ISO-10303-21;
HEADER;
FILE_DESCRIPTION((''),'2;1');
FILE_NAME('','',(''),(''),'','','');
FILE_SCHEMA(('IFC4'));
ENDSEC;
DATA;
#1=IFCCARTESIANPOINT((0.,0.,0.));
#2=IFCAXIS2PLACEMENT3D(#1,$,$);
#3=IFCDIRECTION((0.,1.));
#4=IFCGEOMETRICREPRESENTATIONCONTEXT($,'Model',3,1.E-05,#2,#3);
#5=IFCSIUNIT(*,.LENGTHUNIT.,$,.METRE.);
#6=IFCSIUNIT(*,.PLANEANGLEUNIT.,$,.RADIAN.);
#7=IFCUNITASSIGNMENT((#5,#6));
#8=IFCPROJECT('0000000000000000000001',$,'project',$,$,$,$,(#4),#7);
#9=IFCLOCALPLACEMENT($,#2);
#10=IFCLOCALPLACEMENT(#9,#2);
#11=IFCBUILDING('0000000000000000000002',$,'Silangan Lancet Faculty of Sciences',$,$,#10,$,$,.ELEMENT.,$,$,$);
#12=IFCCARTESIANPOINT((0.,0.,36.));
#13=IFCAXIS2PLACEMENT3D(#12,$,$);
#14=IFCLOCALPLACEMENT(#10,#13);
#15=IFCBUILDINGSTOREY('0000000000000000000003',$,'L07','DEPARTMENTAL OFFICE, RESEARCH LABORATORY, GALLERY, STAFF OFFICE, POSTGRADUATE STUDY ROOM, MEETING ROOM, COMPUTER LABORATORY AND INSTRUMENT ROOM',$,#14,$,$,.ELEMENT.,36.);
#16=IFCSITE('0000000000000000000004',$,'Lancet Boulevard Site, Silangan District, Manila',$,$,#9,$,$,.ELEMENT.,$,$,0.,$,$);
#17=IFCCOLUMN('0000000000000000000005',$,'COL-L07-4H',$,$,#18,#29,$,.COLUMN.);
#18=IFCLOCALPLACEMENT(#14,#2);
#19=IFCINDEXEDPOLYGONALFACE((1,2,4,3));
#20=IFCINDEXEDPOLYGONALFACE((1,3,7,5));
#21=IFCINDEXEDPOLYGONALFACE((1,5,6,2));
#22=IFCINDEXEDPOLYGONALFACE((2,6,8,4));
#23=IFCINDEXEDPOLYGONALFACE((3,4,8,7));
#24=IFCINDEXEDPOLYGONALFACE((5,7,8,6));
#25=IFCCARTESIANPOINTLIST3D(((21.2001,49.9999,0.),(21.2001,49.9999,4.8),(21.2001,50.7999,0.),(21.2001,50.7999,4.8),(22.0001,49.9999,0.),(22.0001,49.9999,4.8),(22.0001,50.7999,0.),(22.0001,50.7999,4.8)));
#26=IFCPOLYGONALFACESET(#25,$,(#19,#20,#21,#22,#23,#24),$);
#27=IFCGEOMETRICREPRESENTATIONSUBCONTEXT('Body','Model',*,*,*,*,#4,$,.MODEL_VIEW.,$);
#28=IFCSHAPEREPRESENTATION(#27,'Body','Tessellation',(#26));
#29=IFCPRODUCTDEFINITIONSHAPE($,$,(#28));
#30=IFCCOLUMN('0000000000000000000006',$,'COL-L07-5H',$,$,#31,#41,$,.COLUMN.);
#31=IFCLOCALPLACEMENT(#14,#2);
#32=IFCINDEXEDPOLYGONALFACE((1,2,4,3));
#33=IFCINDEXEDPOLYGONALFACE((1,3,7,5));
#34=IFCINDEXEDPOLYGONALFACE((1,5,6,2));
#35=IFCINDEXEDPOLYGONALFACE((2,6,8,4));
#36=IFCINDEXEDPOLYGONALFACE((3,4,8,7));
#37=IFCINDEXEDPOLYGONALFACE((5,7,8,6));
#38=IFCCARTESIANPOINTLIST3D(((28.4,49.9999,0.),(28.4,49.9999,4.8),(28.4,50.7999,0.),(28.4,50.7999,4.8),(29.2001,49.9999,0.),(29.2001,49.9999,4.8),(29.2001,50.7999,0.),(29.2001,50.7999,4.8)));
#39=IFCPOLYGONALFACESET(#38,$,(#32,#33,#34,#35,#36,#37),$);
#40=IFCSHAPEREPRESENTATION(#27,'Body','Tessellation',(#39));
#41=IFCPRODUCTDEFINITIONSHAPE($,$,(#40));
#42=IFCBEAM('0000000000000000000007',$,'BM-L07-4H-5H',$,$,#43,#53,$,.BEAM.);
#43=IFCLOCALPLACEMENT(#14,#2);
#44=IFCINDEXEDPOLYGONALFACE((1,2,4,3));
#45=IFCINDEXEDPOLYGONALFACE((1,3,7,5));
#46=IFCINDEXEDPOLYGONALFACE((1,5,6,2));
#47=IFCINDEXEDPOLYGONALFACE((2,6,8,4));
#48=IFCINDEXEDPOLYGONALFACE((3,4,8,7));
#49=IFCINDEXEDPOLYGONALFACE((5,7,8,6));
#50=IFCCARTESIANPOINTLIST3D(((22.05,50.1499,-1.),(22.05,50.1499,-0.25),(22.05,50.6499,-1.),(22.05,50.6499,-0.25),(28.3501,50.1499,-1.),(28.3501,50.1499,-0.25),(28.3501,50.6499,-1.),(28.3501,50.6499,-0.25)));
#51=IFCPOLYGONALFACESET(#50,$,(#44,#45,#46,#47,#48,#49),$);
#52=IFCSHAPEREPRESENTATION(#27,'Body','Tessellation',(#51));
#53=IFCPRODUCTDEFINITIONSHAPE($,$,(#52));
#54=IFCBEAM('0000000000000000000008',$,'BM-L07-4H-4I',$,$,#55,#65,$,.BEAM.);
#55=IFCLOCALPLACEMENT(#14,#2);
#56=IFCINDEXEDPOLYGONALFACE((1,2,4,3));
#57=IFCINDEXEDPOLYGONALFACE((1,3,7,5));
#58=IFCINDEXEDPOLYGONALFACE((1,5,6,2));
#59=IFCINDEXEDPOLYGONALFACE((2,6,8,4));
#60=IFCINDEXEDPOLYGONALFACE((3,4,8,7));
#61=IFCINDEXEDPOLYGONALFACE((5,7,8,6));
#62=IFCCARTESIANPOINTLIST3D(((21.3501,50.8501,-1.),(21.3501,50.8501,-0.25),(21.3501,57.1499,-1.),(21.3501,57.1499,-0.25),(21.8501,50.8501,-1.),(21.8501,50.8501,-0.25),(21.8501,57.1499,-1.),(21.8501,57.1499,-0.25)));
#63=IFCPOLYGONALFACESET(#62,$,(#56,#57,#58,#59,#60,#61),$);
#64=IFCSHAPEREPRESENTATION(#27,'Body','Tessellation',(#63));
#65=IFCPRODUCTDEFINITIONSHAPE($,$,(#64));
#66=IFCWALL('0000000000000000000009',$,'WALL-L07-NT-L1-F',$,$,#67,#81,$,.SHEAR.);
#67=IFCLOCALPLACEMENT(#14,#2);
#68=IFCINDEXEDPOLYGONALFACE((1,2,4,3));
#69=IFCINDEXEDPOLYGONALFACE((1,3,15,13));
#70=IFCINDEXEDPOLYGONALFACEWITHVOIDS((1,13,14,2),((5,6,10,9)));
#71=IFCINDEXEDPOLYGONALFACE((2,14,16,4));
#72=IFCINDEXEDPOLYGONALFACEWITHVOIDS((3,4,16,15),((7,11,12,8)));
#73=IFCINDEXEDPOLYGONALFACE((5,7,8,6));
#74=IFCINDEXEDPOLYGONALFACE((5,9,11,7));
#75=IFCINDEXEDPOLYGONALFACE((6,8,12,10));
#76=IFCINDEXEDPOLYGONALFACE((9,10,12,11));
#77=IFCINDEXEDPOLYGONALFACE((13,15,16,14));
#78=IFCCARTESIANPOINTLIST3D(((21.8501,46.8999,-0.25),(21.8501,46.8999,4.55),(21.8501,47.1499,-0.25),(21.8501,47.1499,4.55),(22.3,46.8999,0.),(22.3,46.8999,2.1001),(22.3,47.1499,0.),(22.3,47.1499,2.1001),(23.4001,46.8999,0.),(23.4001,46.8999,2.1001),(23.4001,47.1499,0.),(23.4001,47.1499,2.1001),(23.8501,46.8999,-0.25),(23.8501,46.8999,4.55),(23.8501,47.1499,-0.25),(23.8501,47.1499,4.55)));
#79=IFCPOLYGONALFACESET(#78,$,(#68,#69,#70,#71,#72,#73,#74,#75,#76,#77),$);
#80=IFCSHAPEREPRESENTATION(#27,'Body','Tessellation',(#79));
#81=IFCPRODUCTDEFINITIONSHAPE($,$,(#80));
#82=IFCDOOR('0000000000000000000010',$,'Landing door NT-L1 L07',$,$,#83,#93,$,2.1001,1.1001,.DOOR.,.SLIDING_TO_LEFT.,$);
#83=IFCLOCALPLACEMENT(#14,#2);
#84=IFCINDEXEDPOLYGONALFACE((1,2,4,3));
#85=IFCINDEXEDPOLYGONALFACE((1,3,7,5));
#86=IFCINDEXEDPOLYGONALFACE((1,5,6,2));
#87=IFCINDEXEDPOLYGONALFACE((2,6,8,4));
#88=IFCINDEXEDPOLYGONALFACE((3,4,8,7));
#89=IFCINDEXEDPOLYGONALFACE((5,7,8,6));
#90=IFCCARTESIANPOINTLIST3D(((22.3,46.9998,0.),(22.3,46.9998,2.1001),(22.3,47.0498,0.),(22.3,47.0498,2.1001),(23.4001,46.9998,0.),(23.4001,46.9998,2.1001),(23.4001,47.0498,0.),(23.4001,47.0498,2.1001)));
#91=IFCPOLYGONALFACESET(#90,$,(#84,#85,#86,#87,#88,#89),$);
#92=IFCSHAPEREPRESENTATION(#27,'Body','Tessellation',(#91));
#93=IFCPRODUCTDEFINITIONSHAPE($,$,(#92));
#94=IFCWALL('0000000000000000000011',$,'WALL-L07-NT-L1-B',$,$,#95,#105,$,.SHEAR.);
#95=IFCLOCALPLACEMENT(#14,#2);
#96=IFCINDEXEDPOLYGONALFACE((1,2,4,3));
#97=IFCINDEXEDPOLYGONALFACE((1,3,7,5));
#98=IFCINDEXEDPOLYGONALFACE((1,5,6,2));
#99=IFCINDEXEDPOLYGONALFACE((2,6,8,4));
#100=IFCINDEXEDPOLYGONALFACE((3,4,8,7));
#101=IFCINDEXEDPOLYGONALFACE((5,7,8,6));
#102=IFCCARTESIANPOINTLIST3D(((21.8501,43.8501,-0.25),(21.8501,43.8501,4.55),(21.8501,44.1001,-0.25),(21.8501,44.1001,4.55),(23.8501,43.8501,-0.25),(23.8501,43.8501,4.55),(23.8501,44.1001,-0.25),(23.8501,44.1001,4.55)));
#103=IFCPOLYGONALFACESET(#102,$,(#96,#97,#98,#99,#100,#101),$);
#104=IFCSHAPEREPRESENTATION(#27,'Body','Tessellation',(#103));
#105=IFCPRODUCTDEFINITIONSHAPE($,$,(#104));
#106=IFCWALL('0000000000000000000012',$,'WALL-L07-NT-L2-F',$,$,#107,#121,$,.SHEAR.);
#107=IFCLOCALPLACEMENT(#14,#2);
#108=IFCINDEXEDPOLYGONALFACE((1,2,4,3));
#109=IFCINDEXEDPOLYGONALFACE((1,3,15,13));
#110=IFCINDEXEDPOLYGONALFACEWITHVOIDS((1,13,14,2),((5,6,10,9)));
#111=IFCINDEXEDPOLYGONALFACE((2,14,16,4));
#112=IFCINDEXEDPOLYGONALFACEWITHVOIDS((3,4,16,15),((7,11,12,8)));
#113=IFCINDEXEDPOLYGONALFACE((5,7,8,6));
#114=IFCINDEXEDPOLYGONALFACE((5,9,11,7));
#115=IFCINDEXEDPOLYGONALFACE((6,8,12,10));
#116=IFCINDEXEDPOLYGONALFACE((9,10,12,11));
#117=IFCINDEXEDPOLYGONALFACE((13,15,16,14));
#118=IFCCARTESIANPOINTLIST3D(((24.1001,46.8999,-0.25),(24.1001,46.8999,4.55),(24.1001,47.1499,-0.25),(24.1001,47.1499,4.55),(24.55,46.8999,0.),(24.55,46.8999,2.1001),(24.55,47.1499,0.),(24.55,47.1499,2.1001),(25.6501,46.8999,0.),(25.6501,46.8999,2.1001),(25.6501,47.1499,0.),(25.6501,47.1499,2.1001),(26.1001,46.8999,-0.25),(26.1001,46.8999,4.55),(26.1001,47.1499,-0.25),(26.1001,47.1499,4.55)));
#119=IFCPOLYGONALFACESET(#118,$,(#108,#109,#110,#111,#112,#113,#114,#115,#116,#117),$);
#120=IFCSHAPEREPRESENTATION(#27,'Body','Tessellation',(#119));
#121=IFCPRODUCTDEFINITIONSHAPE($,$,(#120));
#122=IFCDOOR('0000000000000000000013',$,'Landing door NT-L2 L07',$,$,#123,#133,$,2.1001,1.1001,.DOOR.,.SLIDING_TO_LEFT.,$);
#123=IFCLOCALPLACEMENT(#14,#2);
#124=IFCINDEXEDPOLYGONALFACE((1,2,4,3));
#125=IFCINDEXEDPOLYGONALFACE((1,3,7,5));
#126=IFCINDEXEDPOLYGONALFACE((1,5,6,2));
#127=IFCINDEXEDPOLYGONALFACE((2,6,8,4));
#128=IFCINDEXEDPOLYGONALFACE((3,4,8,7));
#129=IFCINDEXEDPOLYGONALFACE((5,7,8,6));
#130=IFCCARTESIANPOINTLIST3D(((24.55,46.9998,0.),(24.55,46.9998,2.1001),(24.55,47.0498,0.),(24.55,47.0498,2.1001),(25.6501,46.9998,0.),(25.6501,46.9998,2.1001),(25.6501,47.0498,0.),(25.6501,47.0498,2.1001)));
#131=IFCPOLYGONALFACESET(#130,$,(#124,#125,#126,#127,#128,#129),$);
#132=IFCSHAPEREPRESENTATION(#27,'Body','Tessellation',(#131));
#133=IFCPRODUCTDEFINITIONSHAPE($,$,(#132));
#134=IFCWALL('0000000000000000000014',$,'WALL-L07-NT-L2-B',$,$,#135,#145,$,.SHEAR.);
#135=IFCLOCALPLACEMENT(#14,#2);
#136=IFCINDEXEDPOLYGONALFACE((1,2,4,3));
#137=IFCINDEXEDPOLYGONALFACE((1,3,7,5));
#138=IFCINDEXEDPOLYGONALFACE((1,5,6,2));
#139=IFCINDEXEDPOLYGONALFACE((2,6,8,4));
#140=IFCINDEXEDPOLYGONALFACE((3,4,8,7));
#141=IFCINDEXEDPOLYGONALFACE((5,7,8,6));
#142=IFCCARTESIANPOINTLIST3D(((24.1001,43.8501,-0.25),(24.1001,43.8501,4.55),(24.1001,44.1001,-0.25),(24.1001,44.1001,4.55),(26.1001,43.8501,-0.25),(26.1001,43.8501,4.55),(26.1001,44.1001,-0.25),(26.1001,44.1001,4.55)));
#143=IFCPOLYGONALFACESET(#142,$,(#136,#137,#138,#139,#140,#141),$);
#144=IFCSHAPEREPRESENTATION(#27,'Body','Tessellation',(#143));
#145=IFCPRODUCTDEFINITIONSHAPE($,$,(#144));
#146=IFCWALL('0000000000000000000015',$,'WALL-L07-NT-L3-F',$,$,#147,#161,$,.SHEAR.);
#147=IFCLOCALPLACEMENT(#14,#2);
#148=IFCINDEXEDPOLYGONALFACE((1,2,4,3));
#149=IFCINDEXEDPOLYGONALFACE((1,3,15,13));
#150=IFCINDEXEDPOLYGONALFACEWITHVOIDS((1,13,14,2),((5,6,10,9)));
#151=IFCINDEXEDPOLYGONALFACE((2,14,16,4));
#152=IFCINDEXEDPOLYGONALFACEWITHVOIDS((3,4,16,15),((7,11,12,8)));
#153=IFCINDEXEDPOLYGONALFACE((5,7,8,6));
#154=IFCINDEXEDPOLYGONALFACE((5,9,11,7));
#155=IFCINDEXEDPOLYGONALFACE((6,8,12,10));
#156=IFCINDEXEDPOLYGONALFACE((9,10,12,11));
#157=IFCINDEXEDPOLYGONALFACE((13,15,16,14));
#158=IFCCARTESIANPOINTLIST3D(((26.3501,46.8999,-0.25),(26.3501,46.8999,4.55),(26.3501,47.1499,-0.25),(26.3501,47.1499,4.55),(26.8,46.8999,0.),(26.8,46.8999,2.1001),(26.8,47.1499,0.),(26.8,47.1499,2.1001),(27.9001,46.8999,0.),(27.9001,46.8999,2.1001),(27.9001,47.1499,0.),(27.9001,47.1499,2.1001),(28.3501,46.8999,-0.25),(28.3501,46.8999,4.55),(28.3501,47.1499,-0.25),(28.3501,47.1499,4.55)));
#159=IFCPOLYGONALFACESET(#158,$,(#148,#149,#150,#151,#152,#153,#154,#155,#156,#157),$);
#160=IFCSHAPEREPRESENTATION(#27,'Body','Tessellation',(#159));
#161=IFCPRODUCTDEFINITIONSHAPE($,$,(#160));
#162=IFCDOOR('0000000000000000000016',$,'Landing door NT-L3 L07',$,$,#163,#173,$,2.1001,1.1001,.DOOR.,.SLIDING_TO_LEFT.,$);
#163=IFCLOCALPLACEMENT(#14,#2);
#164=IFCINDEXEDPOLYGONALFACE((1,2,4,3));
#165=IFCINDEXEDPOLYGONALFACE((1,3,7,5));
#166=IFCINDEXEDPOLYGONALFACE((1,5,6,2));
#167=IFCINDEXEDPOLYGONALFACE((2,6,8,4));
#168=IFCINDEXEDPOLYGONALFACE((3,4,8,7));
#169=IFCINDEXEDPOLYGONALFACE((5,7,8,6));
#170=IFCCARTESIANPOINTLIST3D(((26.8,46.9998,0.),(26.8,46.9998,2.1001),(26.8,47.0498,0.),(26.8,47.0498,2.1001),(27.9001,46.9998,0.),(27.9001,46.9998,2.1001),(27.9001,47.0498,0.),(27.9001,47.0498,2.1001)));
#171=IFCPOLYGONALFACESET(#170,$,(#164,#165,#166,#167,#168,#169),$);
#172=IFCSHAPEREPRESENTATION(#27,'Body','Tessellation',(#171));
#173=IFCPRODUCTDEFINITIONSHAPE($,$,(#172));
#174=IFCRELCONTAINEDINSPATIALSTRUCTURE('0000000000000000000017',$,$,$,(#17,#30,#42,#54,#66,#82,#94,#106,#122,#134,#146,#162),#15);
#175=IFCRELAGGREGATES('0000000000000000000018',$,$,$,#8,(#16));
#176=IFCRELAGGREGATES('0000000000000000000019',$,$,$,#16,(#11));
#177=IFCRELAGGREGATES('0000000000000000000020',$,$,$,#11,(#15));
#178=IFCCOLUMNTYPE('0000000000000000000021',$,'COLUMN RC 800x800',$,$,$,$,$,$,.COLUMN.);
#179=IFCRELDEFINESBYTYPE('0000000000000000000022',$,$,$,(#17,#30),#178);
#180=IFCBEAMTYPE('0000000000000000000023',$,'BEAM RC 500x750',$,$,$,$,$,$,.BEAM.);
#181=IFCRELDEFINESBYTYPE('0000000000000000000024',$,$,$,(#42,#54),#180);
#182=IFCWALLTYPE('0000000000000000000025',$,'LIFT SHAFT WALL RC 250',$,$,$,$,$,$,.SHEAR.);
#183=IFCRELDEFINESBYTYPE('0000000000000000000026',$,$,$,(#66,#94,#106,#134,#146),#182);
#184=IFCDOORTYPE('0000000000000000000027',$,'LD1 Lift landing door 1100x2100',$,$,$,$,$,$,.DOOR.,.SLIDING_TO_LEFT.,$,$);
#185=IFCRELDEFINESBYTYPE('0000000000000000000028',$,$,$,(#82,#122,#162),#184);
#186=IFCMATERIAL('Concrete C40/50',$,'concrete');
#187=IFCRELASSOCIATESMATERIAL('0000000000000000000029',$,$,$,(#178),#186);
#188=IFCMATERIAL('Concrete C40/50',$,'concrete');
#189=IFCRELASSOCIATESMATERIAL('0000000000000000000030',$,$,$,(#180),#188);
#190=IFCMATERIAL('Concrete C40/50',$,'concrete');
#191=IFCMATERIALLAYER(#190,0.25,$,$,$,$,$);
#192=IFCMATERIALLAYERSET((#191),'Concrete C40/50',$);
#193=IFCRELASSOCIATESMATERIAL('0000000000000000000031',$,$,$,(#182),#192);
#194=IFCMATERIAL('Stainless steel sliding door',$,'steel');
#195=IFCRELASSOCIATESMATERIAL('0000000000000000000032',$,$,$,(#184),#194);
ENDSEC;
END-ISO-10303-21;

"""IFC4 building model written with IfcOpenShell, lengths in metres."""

from ifc_helpers import new_model, si_unit, direction, frame, frame_2d, origin, origin_2d, place, context, subcontext, project, spatial, rectangle, extrude, material, layer, layer_set, material_profile, profile_set, type_object, element, fill, save


model = new_model("IFC4")

# Units and contexts
model_context = context("Model", 3, precision=1e-05, world=origin(), true_north=direction((0.0, 1.0)))
body_context = subcontext(model_context, "Body", "Model", "MODEL_VIEW")
ifc_project = project(units=[si_unit("LENGTHUNIT", "METRE"), si_unit("PLANEANGLEUNIT", "RADIAN")], contexts=[model_context])

# Site, building, storey
site_placement = place(None, origin())
site = spatial("IfcSite", under=ifc_project, at=site_placement, Name="Lancet Boulevard Site, Silangan District, Manila", CompositionType="ELEMENT", RefElevation=0.0)
building_placement = place(site_placement, origin())
building = spatial("IfcBuilding", under=site, at=building_placement, Name="Silangan Lancet Faculty of Sciences", CompositionType="ELEMENT")
storey_placement = place(building_placement, frame((0.0, 0.0, 36.0)))
storey = spatial("IfcBuildingStorey", under=building, at=storey_placement, Name="L07", Description="DEPARTMENTAL OFFICE, RESEARCH LABORATORY, GALLERY, STAFF OFFICE, POSTGRADUATE STUDY ROOM, MEETING ROOM, COMPUTER LABORATORY AND INSTRUMENT ROOM", CompositionType="ELEMENT", Elevation=36.0)

# Columns
ifc_material_1 = material(Name="Concrete C40/50", Category="concrete")
ifc_material_profile_1 = material_profile(ifc_material_1, rectangle(XDim=0.8, YDim=0.8, at=origin_2d()), Name="RC 800x800")
ifc_profile_set_1 = profile_set([ifc_material_profile_1], Name="Concrete C40/50")
column_type = type_object("IfcColumnType", Name="COLUMN RC 800x800", PredefinedType="COLUMN", material=ifc_profile_set_1)
for number, where, z_axis, x_axis, name in (
    (1, (21.6001, 50.3999, 0.0), (0.0, 0.0, 1.0), (1.0, 0.0, 0.0), "COL-L07-4H"),
    (2, (28.8, 50.3999, 0.0), (0.0, 0.0, 1.0), (1.0, 0.0, 0.0), "COL-L07-5H"),
):
    element("IfcColumn", number, at=place(storey_placement, frame(where, z_axis=z_axis, x_axis=x_axis)), inside=storey, type_object=column_type, Name=name, PredefinedType="COLUMN", context=body_context, shape_type="SweptSolid", body=[
        extrude(rectangle(XDim=0.8, YDim=0.8, at=origin_2d()), origin(), (0.0, 0.0, 1.0), 4.8),
    ])

# Beams
ifc_material_2 = material(Name="Concrete C40/50", Category="concrete")
ifc_material_profile_2 = material_profile(ifc_material_2, rectangle(XDim=0.5, YDim=0.75, at=origin_2d()), Name="RC 500x750")
ifc_profile_set_2 = profile_set([ifc_material_profile_2], Name="Concrete C40/50")
beam_type = type_object("IfcBeamType", Name="BEAM RC 500x750", PredefinedType="BEAM", material=ifc_profile_set_2)
beam_1_placement = place(storey_placement, frame((22.05, 50.3999, -0.625), z_axis=(1.0, 0.0, 0.0), x_axis=(0.0, 1.0, 0.0)))
element("IfcBeam", 3, at=beam_1_placement, inside=storey, type_object=beam_type, Name="BM-L07-4H-5H", PredefinedType="BEAM", context=body_context, shape_type="SweptSolid", body=[
    extrude(rectangle(XDim=0.5, YDim=0.75, at=origin_2d()), origin(), (0.0, 0.0, 1.0), 6.3),
])
beam_2_placement = place(storey_placement, frame((21.6001, 50.8501, -0.625), z_axis=(0.0, 1.0, 0.0), x_axis=(-1.0, 0.0, 0.0)))
element("IfcBeam", 4, at=beam_2_placement, inside=storey, type_object=beam_type, Name="BM-L07-4H-4I", PredefinedType="BEAM", context=body_context, shape_type="SweptSolid", body=[
    extrude(rectangle(XDim=0.5, YDim=0.75, at=origin_2d()), origin(), (0.0, 0.0, 1.0), 6.2998),
])

# Wall, opening, door
ifc_material_3 = material(Name="Concrete C40/50", Category="concrete")
ifc_layer_1 = layer(ifc_material_3, 0.25)
ifc_layer_set_1 = layer_set([ifc_layer_1], Name="Concrete C40/50")
wall_type_1 = type_object("IfcWallType", Name="LIFT SHAFT WALL RC 250", PredefinedType="SHEAR", material=ifc_layer_set_1)
wall_1_placement = place(storey_placement, frame((21.8501, 47.0249, -0.25), z_axis=(0.0, 0.0, 1.0), x_axis=(1.0, 0.0, 0.0)))
wall_1 = element("IfcWall", 5, at=wall_1_placement, inside=storey, type_object=wall_type_1, Name="WALL-L07-NT-L1-F", PredefinedType="SHEAR", context=body_context, shape_type="SweptSolid", body=[
    extrude(rectangle(XDim=2.0, YDim=0.25, at=frame_2d((1.0, 0.0))), origin(), (0.0, 0.0, 1.0), 4.8),
])
opening_1_placement = place(wall_1_placement, frame((0.45, 0.0, 0.25)))
opening_1 = element("IfcOpeningElement", 6, at=opening_1_placement, cuts=wall_1, PredefinedType="OPENING", context=body_context, shape_type="SweptSolid", body=[
    extrude(rectangle(XDim=1.1001, YDim=2.1001, at=frame_2d((0.55, 1.05))), frame((0.0, 0.135, 0.0), z_axis=(0.0, -1.0, 0.0), x_axis=(1.0, 0.0, 0.0)), (0.0, 0.0, 1.0), 0.27),
])
ifc_material_4 = material(Name="Stainless steel sliding door", Category="steel")
door_type_1 = type_object("IfcDoorType", Name="LD1 Lift landing door 1100x2100", OperationType="SLIDING_TO_LEFT", PredefinedType="DOOR", material=ifc_material_4)
door_1_placement = place(opening_1_placement, origin())
door_1 = element("IfcDoor", 7, at=door_1_placement, inside=storey, type_object=door_type_1, Name="Landing door NT-L1 L07", OperationType="SLIDING_TO_LEFT", OverallHeight=2.1001, OverallWidth=1.1001, PredefinedType="DOOR", context=body_context, shape_type="SweptSolid", body=[
    extrude(rectangle(XDim=1.1001, YDim=2.1001, at=frame_2d((0.55, 1.05))), frame((0.0, 0.0249, 0.0), z_axis=(0.0, -1.0, 0.0), x_axis=(1.0, 0.0, 0.0)), (0.0, 0.0, 1.0), 0.05),
])
fill(opening_1, door_1)

# Wall
wall_2_placement = place(storey_placement, frame((21.8501, 43.9751, -0.25), z_axis=(0.0, 0.0, 1.0), x_axis=(1.0, 0.0, 0.0)))
element("IfcWall", 8, at=wall_2_placement, inside=storey, type_object=wall_type_1, Name="WALL-L07-NT-L1-B", PredefinedType="SHEAR", context=body_context, shape_type="SweptSolid", body=[
    extrude(rectangle(XDim=2.0, YDim=0.25, at=frame_2d((1.0, 0.0))), origin(), (0.0, 0.0, 1.0), 4.8),
])

# Wall, opening, door
wall_3_placement = place(storey_placement, frame((24.1001, 47.0249, -0.25), z_axis=(0.0, 0.0, 1.0), x_axis=(1.0, 0.0, 0.0)))
wall_3 = element("IfcWall", 9, at=wall_3_placement, inside=storey, type_object=wall_type_1, Name="WALL-L07-NT-L2-F", PredefinedType="SHEAR", context=body_context, shape_type="SweptSolid", body=[
    extrude(rectangle(XDim=2.0, YDim=0.25, at=frame_2d((1.0, 0.0))), origin(), (0.0, 0.0, 1.0), 4.8),
])
opening_2_placement = place(wall_3_placement, frame((0.45, 0.0, 0.25)))
opening_2 = element("IfcOpeningElement", 10, at=opening_2_placement, cuts=wall_3, PredefinedType="OPENING", context=body_context, shape_type="SweptSolid", body=[
    extrude(rectangle(XDim=1.1001, YDim=2.1001, at=frame_2d((0.55, 1.05))), frame((0.0, 0.135, 0.0), z_axis=(0.0, -1.0, 0.0), x_axis=(1.0, 0.0, 0.0)), (0.0, 0.0, 1.0), 0.27),
])
door_2_placement = place(opening_2_placement, origin())
door_2 = element("IfcDoor", 11, at=door_2_placement, inside=storey, type_object=door_type_1, Name="Landing door NT-L2 L07", OperationType="SLIDING_TO_LEFT", OverallHeight=2.1001, OverallWidth=1.1001, PredefinedType="DOOR", context=body_context, shape_type="SweptSolid", body=[
    extrude(rectangle(XDim=1.1001, YDim=2.1001, at=frame_2d((0.55, 1.05))), frame((0.0, 0.0249, 0.0), z_axis=(0.0, -1.0, 0.0), x_axis=(1.0, 0.0, 0.0)), (0.0, 0.0, 1.0), 0.05),
])
fill(opening_2, door_2)

# Wall
wall_4_placement = place(storey_placement, frame((24.1001, 43.9751, -0.25), z_axis=(0.0, 0.0, 1.0), x_axis=(1.0, 0.0, 0.0)))
element("IfcWall", 12, at=wall_4_placement, inside=storey, type_object=wall_type_1, Name="WALL-L07-NT-L2-B", PredefinedType="SHEAR", context=body_context, shape_type="SweptSolid", body=[
    extrude(rectangle(XDim=2.0, YDim=0.25, at=frame_2d((1.0, 0.0))), origin(), (0.0, 0.0, 1.0), 4.8),
])

# Wall, opening, door
wall_5_placement = place(storey_placement, frame((26.3501, 47.0249, -0.25), z_axis=(0.0, 0.0, 1.0), x_axis=(1.0, 0.0, 0.0)))
wall_5 = element("IfcWall", 13, at=wall_5_placement, inside=storey, type_object=wall_type_1, Name="WALL-L07-NT-L3-F", PredefinedType="SHEAR", context=body_context, shape_type="SweptSolid", body=[
    extrude(rectangle(XDim=2.0, YDim=0.25, at=frame_2d((1.0, 0.0))), origin(), (0.0, 0.0, 1.0), 4.8),
])
opening_3_placement = place(wall_5_placement, frame((0.45, 0.0, 0.25)))
opening_3 = element("IfcOpeningElement", 14, at=opening_3_placement, cuts=wall_5, PredefinedType="OPENING", context=body_context, shape_type="SweptSolid", body=[
    extrude(rectangle(XDim=1.1001, YDim=2.1001, at=frame_2d((0.55, 1.05))), frame((0.0, 0.135, 0.0), z_axis=(0.0, -1.0, 0.0), x_axis=(1.0, 0.0, 0.0)), (0.0, 0.0, 1.0), 0.27),
])
door_3_placement = place(opening_3_placement, origin())
door_3 = element("IfcDoor", 15, at=door_3_placement, inside=storey, type_object=door_type_1, Name="Landing door NT-L3 L07", OperationType="SLIDING_TO_LEFT", OverallHeight=2.1001, OverallWidth=1.1001, PredefinedType="DOOR", context=body_context, shape_type="SweptSolid", body=[
    extrude(rectangle(XDim=1.1001, YDim=2.1001, at=frame_2d((0.55, 1.05))), frame((0.0, 0.0249, 0.0), z_axis=(0.0, -1.0, 0.0), x_axis=(1.0, 0.0, 0.0)), (0.0, 0.0, 1.0), 0.05),
])
fill(opening_3, door_3)

save(model, "model.ifc")
